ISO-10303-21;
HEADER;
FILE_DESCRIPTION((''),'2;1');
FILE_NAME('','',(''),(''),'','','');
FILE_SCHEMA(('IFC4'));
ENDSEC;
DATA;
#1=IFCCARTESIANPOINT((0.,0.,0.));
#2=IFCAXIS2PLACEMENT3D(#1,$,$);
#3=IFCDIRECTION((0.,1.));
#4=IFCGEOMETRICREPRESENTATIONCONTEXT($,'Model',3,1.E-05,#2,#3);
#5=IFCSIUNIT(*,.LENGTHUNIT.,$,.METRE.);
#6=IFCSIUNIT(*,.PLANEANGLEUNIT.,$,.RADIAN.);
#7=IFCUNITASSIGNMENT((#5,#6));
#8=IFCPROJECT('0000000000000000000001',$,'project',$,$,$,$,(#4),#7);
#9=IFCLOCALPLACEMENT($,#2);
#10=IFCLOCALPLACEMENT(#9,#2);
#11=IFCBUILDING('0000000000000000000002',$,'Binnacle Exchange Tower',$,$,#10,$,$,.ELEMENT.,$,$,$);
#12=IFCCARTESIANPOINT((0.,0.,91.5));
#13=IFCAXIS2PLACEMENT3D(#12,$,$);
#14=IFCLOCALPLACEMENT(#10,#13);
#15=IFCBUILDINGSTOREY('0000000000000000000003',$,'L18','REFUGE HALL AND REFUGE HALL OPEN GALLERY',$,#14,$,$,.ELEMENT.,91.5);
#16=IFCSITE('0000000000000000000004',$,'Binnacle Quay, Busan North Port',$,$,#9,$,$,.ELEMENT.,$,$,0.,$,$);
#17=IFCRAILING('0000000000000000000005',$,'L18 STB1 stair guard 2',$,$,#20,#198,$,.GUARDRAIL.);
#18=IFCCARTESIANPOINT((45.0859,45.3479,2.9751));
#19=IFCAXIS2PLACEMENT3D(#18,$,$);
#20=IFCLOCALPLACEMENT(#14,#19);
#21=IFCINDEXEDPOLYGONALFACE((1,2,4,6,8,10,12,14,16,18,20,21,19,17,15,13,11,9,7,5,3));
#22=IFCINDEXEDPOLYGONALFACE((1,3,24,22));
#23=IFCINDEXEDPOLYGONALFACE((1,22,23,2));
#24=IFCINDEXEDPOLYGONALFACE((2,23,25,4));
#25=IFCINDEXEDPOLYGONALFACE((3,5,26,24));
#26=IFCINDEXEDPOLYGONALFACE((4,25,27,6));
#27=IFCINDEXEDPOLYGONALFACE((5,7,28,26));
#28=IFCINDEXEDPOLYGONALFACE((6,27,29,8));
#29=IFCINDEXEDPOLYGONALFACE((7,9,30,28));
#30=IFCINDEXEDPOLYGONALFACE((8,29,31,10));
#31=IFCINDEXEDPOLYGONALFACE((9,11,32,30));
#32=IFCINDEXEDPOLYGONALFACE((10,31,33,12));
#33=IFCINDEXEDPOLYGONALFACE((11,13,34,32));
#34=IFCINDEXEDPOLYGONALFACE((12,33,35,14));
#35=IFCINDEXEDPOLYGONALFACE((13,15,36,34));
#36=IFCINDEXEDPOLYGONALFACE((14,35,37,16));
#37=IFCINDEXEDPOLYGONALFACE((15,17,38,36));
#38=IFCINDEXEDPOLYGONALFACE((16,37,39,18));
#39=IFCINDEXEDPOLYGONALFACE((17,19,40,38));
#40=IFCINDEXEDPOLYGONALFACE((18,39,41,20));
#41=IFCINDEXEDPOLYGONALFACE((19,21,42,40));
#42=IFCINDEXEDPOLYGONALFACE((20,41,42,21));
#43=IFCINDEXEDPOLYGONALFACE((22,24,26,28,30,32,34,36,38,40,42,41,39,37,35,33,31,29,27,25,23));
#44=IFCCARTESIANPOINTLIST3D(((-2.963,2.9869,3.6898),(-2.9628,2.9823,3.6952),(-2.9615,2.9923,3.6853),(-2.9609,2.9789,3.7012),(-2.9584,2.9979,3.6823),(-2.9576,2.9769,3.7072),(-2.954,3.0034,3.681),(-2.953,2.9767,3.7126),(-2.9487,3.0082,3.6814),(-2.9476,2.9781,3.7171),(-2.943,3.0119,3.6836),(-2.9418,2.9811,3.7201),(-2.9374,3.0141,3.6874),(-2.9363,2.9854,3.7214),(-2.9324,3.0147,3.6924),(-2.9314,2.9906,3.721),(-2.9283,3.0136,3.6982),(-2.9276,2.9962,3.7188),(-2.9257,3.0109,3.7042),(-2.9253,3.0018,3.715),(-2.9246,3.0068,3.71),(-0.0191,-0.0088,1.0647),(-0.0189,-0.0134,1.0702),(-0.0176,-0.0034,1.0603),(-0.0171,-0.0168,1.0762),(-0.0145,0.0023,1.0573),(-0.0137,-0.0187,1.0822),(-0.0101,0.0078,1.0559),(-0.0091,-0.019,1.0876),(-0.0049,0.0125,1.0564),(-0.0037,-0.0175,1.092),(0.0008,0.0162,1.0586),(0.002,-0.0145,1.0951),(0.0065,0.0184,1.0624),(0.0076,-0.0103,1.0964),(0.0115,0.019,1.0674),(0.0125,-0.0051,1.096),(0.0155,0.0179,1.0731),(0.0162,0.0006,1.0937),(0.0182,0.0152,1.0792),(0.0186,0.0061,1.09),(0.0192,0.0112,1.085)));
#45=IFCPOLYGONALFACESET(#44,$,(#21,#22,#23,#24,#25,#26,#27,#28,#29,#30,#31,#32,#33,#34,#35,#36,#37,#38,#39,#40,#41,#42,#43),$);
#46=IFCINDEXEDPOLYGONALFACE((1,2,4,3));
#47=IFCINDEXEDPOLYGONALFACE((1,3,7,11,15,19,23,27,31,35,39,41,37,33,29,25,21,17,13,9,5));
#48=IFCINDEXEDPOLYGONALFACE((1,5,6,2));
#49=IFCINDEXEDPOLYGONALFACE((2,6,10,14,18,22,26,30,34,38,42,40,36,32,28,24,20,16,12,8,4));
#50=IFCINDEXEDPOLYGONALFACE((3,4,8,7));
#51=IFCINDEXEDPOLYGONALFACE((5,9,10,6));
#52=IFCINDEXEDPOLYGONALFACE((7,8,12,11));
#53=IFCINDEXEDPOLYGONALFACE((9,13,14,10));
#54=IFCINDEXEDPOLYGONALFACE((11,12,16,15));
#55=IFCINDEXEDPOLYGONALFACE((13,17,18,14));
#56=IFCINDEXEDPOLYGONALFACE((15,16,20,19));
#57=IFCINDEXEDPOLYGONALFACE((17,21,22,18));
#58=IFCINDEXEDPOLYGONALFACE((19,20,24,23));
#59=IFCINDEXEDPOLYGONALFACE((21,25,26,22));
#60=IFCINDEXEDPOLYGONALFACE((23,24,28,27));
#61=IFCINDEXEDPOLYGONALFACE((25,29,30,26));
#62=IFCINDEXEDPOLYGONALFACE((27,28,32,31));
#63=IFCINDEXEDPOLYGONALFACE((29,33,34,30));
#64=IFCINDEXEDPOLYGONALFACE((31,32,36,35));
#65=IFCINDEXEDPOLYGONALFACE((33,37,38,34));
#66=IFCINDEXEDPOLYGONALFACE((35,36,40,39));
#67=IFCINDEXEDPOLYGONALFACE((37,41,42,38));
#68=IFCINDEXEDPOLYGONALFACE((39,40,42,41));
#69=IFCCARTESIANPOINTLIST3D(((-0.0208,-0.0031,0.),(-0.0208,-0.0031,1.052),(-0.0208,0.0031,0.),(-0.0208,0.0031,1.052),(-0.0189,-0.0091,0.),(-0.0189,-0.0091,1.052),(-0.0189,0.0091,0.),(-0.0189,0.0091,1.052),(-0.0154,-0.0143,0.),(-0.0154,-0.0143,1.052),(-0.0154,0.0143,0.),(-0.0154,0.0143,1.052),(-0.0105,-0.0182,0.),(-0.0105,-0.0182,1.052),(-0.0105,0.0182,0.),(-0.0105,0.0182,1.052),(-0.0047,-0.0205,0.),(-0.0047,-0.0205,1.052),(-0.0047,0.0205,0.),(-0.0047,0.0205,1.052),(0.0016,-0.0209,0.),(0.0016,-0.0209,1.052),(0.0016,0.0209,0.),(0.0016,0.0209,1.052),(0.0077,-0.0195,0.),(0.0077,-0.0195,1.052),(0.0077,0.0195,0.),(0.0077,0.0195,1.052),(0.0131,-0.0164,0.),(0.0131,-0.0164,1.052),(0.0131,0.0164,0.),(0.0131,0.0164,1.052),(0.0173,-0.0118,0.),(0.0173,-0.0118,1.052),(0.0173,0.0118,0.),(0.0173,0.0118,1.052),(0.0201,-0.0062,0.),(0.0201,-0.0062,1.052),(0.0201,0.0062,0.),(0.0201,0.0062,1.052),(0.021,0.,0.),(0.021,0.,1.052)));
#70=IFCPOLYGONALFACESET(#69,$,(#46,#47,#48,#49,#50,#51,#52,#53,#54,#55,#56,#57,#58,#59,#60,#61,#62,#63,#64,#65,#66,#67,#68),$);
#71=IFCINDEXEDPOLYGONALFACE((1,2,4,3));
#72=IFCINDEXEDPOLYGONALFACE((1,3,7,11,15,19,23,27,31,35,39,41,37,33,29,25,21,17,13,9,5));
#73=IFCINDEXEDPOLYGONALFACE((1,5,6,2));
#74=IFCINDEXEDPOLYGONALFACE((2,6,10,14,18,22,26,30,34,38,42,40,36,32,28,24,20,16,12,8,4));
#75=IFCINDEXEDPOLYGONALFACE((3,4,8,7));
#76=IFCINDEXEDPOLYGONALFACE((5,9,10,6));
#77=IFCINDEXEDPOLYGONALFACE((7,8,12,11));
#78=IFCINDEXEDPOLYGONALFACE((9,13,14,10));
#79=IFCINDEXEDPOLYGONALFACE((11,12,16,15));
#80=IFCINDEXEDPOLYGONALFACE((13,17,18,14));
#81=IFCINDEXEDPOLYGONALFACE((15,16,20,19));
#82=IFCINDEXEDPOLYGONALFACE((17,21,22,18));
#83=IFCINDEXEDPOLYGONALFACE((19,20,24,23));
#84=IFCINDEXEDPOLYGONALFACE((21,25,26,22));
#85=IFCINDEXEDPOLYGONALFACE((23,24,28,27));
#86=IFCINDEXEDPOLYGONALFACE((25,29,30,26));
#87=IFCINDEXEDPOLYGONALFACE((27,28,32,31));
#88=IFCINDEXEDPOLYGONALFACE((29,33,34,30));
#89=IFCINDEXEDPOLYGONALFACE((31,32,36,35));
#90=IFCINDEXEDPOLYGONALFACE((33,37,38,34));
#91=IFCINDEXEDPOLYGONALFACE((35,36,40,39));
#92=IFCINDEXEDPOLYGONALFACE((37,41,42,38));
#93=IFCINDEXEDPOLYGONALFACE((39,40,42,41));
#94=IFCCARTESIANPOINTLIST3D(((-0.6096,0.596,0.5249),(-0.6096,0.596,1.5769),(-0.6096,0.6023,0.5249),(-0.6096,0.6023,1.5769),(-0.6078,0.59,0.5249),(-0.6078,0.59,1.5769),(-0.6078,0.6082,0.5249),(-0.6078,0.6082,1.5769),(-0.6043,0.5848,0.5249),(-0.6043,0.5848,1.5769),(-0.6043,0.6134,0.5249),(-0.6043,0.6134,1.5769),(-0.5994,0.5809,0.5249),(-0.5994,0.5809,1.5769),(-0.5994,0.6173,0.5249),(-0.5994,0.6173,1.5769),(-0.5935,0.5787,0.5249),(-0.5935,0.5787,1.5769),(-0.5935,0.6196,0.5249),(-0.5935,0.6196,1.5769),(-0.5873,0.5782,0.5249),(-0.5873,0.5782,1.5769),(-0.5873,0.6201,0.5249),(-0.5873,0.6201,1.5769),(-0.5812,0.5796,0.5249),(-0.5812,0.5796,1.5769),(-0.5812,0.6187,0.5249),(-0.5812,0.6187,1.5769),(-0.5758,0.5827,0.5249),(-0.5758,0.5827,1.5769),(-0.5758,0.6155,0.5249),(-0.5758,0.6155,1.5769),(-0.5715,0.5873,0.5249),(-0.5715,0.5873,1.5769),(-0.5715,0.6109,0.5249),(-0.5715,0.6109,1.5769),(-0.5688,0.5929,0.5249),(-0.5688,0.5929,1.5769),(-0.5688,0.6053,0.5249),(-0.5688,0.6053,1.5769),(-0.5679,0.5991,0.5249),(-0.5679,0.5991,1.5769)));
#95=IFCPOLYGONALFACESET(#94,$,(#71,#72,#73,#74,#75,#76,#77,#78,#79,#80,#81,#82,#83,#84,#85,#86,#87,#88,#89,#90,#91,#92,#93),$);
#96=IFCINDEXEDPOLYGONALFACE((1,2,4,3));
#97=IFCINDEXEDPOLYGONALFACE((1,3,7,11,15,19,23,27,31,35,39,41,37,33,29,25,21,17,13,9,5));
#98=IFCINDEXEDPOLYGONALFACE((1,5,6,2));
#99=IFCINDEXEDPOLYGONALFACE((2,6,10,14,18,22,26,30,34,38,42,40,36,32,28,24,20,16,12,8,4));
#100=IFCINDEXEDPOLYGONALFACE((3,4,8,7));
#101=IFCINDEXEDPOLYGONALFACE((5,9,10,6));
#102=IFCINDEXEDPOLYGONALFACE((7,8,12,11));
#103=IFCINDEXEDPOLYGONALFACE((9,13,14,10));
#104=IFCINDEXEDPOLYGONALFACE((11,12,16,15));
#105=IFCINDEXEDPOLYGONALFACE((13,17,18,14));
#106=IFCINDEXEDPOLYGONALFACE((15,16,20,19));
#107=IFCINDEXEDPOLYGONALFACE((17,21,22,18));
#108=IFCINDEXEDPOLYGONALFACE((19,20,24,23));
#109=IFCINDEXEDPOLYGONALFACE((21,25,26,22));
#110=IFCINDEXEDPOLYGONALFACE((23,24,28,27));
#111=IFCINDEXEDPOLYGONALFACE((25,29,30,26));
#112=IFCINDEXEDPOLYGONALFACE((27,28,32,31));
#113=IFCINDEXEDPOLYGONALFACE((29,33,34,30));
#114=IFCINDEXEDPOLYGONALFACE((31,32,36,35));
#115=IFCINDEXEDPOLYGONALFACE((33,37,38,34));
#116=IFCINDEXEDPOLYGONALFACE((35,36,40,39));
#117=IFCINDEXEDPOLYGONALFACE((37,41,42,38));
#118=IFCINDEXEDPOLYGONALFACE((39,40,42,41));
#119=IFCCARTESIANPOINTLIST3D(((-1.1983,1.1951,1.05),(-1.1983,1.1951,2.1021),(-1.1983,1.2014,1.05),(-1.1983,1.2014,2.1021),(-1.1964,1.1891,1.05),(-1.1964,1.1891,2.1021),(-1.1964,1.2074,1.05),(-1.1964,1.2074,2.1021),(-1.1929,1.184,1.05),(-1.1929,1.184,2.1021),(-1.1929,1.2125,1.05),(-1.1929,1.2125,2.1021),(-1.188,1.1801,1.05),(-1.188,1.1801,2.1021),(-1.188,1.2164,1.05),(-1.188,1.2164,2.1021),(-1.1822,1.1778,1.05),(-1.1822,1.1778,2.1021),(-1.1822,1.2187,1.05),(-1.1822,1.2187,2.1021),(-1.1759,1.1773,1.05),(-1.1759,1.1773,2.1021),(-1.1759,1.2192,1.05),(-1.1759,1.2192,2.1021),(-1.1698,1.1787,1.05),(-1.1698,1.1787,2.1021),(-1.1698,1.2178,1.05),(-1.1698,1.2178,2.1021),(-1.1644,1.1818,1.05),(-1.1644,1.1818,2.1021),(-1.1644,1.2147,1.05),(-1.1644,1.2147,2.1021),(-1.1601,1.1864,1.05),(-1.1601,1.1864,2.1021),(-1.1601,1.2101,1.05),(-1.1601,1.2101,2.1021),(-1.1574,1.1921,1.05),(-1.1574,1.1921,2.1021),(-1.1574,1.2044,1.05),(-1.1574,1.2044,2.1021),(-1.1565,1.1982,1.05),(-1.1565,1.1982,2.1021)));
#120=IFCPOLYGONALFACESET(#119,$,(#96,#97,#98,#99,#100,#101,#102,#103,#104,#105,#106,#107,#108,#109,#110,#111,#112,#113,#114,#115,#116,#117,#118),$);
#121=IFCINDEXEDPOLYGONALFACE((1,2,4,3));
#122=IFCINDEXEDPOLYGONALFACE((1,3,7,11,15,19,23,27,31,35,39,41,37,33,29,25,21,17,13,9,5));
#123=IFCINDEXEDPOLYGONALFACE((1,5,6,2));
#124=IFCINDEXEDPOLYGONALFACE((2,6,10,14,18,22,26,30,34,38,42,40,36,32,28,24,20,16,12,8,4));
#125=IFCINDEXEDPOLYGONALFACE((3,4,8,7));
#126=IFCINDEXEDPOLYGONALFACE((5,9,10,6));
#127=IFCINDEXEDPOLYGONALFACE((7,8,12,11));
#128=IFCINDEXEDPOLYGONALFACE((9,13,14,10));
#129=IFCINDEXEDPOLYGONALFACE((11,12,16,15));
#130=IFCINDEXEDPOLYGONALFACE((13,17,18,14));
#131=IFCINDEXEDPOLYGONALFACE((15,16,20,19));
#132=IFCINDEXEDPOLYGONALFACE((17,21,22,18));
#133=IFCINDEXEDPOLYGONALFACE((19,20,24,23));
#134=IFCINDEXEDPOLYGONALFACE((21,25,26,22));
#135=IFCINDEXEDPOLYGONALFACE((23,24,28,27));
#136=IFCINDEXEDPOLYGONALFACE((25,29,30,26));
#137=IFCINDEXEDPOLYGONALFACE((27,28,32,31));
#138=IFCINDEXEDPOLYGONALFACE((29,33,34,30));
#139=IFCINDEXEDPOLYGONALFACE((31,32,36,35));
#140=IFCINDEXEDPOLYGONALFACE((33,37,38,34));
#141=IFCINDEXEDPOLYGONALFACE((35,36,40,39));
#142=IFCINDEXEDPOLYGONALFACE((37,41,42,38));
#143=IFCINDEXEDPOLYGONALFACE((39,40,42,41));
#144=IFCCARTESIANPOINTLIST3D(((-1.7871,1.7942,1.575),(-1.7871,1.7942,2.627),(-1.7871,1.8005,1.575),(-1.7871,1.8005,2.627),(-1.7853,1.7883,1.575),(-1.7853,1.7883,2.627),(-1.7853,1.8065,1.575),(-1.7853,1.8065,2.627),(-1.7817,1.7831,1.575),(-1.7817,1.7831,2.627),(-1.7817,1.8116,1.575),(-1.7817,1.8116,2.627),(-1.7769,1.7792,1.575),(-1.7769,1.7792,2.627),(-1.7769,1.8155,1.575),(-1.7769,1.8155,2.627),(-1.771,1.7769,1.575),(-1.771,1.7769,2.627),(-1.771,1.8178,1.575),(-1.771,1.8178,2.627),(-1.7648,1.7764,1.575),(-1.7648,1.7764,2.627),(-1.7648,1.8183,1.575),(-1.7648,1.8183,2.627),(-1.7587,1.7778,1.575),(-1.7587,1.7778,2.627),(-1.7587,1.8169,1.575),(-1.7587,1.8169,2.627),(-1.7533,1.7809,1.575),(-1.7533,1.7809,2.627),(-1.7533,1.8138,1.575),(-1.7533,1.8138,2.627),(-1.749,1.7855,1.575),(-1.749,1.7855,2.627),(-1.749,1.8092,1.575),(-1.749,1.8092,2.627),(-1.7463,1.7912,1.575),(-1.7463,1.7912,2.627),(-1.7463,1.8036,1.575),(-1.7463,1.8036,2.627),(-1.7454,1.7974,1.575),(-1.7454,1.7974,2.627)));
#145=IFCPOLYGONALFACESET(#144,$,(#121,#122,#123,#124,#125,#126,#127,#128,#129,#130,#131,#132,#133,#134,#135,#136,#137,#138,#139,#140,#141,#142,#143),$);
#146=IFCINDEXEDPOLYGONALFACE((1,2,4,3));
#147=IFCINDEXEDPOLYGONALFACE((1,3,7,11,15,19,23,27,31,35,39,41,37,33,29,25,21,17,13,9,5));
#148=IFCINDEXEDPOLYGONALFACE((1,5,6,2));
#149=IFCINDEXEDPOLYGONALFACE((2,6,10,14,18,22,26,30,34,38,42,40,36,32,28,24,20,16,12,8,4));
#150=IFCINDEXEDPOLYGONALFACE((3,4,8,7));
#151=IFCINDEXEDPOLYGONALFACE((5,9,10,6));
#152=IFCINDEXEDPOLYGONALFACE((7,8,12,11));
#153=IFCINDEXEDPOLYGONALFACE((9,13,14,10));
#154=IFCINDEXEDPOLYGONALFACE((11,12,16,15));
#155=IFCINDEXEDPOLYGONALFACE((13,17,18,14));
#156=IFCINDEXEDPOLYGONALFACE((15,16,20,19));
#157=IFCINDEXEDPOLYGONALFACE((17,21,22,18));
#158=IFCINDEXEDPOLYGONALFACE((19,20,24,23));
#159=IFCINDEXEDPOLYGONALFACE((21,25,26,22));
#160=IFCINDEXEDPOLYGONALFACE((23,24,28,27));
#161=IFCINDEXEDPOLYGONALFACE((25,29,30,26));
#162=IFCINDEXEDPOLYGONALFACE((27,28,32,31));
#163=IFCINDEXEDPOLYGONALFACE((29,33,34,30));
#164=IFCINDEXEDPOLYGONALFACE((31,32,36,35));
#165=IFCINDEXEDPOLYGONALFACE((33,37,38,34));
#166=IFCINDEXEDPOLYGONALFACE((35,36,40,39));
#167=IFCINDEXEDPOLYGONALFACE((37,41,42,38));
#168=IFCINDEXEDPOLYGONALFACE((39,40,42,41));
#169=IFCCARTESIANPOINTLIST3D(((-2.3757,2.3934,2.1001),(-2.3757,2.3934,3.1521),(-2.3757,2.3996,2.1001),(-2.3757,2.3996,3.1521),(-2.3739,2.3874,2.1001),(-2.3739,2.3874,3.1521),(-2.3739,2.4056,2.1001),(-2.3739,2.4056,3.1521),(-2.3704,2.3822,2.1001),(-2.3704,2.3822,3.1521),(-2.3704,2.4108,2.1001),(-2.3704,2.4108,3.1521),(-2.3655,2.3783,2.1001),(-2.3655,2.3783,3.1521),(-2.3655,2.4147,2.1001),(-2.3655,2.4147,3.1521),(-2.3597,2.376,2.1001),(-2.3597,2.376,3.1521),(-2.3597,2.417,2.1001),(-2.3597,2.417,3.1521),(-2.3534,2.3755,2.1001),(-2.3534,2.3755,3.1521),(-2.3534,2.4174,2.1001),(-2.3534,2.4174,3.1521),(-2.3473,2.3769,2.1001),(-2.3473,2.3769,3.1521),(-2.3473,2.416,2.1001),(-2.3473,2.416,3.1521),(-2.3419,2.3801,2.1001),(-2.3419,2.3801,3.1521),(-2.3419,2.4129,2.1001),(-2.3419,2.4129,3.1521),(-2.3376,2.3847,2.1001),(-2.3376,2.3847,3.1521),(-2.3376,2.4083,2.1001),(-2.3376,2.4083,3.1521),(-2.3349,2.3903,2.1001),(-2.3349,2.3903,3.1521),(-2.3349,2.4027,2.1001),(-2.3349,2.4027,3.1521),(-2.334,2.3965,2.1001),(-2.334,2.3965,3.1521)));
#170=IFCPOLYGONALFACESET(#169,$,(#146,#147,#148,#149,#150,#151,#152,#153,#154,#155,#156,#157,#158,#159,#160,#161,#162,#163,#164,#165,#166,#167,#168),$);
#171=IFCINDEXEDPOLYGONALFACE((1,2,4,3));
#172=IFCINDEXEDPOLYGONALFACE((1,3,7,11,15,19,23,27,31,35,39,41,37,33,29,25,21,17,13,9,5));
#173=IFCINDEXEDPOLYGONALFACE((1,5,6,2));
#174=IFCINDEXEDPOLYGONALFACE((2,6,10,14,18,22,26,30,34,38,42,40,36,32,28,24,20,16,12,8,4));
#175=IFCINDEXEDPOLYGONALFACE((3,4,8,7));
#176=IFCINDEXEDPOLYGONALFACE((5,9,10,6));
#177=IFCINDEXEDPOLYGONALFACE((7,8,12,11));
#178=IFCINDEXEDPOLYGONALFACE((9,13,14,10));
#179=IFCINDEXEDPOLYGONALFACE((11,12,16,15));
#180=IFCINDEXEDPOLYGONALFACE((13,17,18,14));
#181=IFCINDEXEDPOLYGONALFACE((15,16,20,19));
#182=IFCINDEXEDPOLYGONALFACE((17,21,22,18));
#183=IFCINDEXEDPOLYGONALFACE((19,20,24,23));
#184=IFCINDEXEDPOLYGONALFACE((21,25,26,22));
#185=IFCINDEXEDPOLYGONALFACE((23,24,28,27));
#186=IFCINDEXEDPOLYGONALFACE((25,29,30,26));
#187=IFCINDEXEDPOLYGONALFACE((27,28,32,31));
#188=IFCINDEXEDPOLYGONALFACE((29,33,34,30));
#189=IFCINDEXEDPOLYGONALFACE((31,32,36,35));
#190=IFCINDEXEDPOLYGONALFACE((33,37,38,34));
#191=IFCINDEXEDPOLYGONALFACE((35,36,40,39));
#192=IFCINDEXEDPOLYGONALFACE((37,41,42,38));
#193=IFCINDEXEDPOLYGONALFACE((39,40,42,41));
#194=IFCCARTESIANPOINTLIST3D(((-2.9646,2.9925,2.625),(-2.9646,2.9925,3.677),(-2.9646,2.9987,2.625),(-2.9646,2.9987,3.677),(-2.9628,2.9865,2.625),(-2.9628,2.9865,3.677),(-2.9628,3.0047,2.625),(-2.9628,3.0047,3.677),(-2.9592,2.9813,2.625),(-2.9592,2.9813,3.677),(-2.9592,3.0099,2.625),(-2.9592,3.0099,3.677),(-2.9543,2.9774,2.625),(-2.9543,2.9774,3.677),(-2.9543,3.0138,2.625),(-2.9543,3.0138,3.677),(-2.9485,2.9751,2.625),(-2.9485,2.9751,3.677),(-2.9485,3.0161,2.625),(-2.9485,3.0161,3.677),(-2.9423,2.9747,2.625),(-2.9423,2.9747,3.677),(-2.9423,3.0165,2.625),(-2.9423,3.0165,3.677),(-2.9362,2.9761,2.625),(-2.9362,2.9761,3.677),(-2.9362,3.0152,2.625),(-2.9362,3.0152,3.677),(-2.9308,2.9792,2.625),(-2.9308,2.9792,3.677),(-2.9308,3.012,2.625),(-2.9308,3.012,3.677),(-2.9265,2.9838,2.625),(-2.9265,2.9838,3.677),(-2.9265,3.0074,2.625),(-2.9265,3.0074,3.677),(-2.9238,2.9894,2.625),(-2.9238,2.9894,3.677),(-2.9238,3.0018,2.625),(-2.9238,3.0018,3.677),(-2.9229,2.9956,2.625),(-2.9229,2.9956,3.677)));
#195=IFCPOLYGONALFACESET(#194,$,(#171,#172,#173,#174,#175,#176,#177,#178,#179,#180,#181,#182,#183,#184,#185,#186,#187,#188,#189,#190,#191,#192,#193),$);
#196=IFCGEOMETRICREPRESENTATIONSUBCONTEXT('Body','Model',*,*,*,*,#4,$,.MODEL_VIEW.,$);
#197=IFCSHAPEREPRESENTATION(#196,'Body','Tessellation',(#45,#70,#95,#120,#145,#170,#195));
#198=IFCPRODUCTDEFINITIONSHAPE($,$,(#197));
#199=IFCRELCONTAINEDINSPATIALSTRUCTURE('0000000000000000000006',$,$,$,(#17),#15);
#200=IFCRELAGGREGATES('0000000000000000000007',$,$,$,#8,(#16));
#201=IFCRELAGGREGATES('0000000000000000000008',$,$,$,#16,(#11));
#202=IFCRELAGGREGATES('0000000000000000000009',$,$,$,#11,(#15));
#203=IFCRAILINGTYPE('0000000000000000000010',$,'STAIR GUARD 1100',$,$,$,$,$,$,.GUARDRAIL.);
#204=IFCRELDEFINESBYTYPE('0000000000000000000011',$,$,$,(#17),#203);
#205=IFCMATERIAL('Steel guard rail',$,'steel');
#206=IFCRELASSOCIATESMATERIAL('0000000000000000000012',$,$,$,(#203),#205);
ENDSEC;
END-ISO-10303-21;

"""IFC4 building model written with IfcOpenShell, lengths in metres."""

from ifc_helpers import new_model, si_unit, direction, frame, origin, origin_2d, place, context, subcontext, project, spatial, circle, extrude, material, type_object, element, save


model = new_model("IFC4")

# Units and contexts
model_context = context("Model", 3, precision=1e-05, world=origin(), true_north=direction((0.0, 1.0)))
body_context = subcontext(model_context, "Body", "Model", "MODEL_VIEW")
ifc_project = project(units=[si_unit("LENGTHUNIT", "METRE"), si_unit("PLANEANGLEUNIT", "RADIAN")], contexts=[model_context])

# Site, building, storey
site_placement = place(None, origin())
site = spatial("IfcSite", under=ifc_project, at=site_placement, Name="Binnacle Quay, Busan North Port", CompositionType="ELEMENT", RefElevation=0.0)
building_placement = place(site_placement, origin())
building = spatial("IfcBuilding", under=site, at=building_placement, Name="Binnacle Exchange Tower", CompositionType="ELEMENT")
storey_placement = place(building_placement, frame((0.0, 0.0, 91.5)))
storey = spatial("IfcBuildingStorey", under=building, at=storey_placement, Name="L18", Description="REFUGE HALL AND REFUGE HALL OPEN GALLERY", CompositionType="ELEMENT", Elevation=91.5)

# Railing
ifc_material_1 = material(Name="Steel guard rail", Category="steel")
railing_type_1 = type_object("IfcRailingType", Name="STAIR GUARD 1100", PredefinedType="GUARDRAIL", material=ifc_material_1)
railing_1_placement = place(storey_placement, frame((45.0859, 45.3479, 2.9751)))
element("IfcRailing", 1, at=railing_1_placement, inside=storey, type_object=railing_type_1, Name="L18 STB1 stair guard 2", PredefinedType="GUARDRAIL", context=body_context, shape_type="SweptSolid", body=[
    extrude(circle(Radius=0.0239, at=origin_2d()), frame((0.0, 0.0, 1.0762), z_axis=(-0.594377, 0.604827, 0.53), x_axis=(-0.713242, -0.700918, 0.0)), (0.0, 0.0, 1.0), 4.9529),
    extrude(circle(Radius=0.021, at=origin_2d()), origin(), (0.0, 0.0, 1.0), 1.052),
    extrude(circle(Radius=0.021, at=origin_2d()), frame((-0.5889, 0.5991, 0.5249)), (0.0, 0.0, 1.0), 1.052),
    extrude(circle(Radius=0.021, at=origin_2d()), frame((-1.1775, 1.1982, 1.05)), (0.0, 0.0, 1.0), 1.052),
    extrude(circle(Radius=0.021, at=origin_2d()), frame((-1.7664, 1.7974, 1.575)), (0.0, 0.0, 1.0), 1.052),
    extrude(circle(Radius=0.021, at=origin_2d()), frame((-2.355, 2.3965, 2.1001)), (0.0, 0.0, 1.0), 1.052),
    extrude(circle(Radius=0.021, at=origin_2d()), frame((-2.9438, 2.9956, 2.625)), (0.0, 0.0, 1.0), 1.052),
])

save(model, "model.ifc")
